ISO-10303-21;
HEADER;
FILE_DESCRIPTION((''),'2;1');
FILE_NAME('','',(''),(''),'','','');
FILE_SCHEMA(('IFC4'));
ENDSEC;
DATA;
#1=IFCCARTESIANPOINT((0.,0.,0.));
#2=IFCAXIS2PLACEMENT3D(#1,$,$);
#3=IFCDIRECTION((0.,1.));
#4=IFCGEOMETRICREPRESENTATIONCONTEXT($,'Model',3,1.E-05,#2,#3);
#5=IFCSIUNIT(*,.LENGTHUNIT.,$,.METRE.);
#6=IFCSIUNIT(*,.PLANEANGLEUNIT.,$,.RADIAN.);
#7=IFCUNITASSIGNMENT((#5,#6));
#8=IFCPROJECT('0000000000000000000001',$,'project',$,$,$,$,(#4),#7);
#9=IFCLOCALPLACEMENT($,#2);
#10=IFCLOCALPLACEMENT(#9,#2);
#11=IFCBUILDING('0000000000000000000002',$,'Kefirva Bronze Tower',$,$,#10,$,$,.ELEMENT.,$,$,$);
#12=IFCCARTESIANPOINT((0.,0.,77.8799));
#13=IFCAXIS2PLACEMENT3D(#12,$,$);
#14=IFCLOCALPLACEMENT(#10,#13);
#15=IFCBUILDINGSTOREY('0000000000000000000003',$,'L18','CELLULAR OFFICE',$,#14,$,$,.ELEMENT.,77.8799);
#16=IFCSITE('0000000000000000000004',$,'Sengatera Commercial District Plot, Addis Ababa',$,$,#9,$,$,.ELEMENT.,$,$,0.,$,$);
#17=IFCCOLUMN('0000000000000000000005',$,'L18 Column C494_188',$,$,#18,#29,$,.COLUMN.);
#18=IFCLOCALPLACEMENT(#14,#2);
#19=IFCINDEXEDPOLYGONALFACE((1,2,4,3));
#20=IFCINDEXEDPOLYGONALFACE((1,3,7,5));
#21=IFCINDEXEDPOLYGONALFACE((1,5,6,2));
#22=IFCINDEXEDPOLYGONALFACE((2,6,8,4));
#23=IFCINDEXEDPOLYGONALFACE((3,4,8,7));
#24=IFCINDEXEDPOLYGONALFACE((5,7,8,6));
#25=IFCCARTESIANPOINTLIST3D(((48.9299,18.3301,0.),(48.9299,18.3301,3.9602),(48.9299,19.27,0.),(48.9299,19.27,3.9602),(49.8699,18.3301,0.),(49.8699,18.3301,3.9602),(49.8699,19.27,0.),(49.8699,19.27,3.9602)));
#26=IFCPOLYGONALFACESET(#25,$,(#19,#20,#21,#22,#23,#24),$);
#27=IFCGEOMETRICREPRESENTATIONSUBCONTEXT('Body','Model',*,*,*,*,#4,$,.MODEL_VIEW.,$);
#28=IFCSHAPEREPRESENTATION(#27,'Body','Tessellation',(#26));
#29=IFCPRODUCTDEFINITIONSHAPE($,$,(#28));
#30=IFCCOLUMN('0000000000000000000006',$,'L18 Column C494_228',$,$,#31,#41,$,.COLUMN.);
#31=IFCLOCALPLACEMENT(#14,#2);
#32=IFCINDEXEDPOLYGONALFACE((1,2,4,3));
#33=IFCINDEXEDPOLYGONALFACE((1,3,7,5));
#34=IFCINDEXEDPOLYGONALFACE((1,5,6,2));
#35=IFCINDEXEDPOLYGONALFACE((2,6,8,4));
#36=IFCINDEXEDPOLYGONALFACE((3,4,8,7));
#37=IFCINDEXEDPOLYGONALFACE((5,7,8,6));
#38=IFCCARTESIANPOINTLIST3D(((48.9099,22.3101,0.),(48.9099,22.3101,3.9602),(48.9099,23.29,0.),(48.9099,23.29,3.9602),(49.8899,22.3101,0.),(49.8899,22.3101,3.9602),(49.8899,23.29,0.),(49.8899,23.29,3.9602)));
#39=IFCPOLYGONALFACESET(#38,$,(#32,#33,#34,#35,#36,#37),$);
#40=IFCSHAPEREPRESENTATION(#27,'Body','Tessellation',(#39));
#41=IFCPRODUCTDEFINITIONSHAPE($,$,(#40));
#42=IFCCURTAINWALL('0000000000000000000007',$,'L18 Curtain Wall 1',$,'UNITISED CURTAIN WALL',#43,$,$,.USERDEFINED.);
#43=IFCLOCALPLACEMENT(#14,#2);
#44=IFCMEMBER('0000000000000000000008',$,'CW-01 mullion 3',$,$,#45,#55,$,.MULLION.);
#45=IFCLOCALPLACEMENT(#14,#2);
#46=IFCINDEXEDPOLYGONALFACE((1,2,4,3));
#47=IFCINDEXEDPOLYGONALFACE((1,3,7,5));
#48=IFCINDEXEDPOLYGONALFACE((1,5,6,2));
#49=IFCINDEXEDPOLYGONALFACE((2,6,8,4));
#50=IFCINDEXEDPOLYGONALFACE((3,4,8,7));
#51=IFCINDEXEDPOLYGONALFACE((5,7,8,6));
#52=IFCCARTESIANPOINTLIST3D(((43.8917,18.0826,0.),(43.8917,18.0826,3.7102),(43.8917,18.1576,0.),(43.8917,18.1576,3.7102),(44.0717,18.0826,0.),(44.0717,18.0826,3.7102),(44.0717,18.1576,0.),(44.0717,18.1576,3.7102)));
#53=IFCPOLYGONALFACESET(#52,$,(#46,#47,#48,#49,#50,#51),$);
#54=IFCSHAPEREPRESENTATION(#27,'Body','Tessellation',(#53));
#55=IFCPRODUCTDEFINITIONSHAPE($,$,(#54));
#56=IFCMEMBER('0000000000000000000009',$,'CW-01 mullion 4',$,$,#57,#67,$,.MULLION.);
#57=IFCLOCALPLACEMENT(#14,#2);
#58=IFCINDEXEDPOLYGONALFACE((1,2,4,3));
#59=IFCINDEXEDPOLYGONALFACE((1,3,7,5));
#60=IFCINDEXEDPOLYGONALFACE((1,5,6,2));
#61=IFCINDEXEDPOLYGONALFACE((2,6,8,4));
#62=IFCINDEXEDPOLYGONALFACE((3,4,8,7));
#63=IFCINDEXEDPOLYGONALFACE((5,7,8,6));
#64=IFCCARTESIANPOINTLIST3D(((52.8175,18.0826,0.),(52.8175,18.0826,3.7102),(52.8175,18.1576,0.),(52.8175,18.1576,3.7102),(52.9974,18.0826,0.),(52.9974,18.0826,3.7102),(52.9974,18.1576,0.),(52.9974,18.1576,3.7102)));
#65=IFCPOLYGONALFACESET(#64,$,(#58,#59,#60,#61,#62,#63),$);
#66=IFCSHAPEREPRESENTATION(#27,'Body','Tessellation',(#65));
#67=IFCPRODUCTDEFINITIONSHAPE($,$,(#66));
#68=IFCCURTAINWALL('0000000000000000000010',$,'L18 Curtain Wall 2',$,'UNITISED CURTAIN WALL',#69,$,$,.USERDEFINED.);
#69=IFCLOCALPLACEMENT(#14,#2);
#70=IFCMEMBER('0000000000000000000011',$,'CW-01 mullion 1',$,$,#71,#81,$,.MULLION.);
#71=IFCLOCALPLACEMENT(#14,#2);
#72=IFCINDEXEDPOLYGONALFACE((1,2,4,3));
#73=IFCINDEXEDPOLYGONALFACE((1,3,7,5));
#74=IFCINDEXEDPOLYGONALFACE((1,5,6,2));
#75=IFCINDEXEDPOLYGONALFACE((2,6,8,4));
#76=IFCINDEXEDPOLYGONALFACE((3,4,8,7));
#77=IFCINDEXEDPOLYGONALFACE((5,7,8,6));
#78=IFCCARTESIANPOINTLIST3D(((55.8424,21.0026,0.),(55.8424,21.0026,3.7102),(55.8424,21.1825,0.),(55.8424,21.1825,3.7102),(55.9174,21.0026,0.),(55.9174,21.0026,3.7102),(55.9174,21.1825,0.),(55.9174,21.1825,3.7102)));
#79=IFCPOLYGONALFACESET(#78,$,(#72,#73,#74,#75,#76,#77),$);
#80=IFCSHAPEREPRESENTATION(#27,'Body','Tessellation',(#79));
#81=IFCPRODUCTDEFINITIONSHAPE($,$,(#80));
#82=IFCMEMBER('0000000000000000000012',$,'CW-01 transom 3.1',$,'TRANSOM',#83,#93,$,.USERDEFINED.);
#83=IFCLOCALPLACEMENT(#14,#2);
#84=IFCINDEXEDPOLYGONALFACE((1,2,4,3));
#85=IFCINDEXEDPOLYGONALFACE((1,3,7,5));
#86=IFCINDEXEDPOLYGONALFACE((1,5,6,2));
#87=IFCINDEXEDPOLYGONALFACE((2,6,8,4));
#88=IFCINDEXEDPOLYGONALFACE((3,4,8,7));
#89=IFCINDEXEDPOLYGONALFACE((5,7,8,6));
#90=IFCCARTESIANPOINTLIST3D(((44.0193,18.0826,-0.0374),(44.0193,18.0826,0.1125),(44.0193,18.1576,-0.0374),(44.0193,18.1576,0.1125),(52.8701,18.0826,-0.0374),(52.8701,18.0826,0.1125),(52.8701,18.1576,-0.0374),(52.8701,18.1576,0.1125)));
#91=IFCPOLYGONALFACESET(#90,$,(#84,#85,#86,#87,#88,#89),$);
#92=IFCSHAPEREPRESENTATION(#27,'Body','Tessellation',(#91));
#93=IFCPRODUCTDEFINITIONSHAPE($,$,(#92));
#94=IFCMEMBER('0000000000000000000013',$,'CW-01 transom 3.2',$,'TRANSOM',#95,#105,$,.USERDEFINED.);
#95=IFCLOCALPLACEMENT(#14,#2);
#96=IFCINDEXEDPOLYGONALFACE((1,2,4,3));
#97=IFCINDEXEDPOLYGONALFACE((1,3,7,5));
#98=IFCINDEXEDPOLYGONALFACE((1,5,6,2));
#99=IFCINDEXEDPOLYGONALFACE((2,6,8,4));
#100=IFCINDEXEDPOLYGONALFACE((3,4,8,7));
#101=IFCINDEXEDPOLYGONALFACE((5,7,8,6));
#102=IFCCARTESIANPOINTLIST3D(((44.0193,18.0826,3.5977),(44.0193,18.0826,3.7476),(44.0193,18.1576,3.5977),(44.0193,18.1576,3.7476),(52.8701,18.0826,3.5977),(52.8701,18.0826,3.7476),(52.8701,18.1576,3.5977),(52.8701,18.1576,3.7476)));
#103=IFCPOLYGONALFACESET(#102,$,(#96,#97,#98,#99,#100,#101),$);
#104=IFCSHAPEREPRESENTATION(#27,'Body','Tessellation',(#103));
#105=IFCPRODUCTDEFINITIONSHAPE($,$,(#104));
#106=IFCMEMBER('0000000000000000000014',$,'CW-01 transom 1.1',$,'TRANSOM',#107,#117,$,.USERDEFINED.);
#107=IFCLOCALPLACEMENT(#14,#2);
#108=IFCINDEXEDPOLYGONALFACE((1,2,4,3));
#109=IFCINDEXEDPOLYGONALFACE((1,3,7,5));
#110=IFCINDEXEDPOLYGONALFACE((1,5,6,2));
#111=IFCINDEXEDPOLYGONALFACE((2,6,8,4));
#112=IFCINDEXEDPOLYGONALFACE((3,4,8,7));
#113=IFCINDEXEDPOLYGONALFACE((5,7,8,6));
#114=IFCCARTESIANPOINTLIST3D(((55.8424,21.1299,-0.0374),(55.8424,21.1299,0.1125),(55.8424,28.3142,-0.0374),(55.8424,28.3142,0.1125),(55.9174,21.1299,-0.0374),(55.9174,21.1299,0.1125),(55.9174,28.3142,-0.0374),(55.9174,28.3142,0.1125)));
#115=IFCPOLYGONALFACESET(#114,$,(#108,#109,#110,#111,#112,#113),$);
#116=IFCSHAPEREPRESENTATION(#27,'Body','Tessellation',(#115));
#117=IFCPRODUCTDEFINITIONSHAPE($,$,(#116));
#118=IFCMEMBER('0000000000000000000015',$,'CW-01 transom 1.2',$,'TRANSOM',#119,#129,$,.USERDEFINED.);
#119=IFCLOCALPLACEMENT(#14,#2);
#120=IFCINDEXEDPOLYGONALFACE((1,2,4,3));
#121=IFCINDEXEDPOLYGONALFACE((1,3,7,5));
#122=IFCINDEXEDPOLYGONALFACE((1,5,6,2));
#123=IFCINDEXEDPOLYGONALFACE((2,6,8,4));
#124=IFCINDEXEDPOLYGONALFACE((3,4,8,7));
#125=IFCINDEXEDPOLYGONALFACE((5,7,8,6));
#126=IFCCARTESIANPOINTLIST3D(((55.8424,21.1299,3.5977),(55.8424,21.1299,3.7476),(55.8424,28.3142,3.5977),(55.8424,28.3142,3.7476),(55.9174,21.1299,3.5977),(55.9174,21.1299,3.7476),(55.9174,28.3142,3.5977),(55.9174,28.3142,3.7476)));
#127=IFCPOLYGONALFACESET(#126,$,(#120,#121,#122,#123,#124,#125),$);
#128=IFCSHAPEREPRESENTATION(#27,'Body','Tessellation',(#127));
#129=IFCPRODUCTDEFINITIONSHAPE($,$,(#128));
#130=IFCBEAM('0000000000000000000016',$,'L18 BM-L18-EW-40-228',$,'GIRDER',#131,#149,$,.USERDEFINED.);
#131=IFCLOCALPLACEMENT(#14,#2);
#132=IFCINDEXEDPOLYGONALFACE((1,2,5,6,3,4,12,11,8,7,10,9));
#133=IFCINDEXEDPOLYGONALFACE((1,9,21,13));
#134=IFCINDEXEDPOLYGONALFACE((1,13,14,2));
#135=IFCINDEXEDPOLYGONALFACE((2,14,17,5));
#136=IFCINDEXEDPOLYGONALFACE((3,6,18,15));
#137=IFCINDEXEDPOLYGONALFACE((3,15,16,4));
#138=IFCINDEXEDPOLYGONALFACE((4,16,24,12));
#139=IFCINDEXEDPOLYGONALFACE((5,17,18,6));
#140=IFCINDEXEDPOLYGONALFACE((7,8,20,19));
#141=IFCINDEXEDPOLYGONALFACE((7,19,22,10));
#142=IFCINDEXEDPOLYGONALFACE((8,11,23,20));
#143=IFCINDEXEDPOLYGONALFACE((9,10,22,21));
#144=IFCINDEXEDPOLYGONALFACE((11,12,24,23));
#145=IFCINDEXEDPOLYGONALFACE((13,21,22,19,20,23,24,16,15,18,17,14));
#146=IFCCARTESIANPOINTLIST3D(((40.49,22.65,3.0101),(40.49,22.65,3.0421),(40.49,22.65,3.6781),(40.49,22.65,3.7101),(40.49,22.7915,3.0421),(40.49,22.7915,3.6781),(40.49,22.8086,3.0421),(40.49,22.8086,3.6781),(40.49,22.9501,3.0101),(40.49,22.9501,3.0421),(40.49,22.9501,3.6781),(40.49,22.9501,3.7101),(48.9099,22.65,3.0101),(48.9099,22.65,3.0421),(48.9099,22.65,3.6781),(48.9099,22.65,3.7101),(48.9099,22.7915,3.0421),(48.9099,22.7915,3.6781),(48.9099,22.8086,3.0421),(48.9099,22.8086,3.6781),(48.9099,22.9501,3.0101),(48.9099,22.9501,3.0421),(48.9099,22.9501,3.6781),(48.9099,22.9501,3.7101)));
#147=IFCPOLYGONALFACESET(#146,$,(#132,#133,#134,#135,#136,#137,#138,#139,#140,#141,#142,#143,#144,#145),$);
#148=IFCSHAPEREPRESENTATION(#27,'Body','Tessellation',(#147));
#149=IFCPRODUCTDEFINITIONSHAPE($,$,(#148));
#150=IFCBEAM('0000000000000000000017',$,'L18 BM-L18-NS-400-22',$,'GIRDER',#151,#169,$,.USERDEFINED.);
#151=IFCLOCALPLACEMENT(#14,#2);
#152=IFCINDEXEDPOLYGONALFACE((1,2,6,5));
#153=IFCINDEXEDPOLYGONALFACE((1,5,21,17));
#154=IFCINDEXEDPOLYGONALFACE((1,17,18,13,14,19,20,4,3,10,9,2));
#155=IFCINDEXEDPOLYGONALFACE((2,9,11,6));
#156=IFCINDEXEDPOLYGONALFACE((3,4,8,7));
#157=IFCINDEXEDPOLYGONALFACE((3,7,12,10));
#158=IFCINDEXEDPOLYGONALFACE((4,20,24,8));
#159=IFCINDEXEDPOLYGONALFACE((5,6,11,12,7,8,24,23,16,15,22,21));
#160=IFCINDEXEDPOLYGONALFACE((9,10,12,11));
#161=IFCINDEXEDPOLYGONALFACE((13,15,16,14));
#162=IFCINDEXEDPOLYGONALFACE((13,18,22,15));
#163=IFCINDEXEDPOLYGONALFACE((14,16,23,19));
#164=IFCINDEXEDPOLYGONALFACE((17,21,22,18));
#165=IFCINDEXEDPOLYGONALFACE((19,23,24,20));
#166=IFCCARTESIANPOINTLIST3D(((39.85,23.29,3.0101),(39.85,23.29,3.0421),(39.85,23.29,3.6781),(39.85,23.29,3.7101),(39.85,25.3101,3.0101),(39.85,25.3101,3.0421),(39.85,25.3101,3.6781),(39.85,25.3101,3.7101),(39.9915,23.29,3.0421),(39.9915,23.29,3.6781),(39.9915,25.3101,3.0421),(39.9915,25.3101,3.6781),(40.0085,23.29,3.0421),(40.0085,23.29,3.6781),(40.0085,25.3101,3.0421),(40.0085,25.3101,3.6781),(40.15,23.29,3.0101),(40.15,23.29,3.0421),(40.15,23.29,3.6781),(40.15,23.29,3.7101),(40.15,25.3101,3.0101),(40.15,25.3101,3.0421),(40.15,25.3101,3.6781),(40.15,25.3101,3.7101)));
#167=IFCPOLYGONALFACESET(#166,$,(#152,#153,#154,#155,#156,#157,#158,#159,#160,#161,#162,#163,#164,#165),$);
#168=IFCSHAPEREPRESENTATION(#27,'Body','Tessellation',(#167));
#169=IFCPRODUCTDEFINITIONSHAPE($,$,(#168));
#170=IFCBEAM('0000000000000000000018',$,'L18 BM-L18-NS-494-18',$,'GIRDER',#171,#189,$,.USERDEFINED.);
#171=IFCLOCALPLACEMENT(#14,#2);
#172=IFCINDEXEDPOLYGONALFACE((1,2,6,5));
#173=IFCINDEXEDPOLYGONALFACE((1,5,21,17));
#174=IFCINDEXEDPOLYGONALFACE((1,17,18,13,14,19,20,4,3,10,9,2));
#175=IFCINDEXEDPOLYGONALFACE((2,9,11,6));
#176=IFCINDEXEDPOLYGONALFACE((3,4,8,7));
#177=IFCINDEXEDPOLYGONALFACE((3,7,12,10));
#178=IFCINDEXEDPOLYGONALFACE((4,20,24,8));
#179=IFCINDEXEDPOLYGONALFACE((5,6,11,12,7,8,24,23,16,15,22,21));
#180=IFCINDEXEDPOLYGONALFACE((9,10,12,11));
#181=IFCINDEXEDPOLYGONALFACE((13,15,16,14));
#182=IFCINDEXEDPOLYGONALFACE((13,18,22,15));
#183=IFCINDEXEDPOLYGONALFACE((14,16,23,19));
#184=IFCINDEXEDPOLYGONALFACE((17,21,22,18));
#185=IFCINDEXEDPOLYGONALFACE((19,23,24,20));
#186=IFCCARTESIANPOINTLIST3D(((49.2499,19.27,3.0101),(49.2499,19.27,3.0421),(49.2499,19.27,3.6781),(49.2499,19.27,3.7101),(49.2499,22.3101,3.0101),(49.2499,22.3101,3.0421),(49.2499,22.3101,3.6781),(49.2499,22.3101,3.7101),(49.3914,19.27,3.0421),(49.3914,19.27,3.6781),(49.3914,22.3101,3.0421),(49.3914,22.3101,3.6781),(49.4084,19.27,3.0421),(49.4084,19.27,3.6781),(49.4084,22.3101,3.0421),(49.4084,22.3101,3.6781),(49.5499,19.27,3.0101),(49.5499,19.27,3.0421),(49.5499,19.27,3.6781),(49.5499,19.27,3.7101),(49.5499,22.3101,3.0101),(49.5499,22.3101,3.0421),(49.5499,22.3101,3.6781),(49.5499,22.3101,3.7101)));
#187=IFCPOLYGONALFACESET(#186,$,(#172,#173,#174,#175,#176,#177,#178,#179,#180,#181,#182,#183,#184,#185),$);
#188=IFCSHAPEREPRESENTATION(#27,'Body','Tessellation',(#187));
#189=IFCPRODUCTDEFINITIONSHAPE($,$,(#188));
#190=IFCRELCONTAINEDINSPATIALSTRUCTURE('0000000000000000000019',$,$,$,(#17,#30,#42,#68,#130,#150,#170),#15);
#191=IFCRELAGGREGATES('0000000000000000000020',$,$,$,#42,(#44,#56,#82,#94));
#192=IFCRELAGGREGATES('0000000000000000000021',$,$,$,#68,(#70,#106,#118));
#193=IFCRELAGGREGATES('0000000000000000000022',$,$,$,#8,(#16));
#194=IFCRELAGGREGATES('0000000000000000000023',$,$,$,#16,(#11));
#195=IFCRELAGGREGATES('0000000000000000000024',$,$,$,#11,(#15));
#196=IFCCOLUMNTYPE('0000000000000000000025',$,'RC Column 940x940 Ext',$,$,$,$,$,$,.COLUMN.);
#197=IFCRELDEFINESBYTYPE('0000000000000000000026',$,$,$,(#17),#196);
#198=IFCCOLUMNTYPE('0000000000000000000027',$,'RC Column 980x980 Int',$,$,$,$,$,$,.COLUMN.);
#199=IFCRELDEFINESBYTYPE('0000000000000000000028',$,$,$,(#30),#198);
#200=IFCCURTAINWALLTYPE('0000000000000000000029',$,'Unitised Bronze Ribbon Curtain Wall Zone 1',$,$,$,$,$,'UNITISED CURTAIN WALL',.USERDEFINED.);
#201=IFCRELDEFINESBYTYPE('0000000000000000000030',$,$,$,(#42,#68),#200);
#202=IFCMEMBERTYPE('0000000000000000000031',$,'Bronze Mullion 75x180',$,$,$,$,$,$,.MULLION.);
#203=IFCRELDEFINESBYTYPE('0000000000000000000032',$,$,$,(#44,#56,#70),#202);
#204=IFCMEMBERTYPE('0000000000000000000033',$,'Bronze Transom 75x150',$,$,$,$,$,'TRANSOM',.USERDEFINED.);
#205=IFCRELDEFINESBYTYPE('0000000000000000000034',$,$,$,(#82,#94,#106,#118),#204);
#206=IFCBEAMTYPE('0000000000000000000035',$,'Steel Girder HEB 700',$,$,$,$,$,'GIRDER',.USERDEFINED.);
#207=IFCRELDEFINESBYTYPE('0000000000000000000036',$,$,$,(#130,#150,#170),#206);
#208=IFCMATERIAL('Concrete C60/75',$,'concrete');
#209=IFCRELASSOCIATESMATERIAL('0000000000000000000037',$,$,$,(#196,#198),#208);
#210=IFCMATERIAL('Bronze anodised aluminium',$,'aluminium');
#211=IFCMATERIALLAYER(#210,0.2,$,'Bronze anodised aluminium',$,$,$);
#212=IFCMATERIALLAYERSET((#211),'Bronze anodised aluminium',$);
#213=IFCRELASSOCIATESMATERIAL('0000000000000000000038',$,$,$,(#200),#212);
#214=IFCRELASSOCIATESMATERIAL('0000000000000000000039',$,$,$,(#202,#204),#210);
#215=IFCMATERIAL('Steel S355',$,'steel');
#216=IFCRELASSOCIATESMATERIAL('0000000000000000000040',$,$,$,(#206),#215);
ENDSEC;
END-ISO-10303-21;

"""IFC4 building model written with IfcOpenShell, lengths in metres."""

from ifc_helpers import new_model, si_unit, direction, frame, origin, origin_2d, place, context, subcontext, project, spatial, rectangle, i_section, extrude, material, layer, layer_set, material_profile, profile_set, type_object, element, aggregate, save


model = new_model("IFC4")

# Units and contexts
model_context = context("Model", 3, precision=1e-05, world=origin(), true_north=direction((0.0, 1.0)))
body_context = subcontext(model_context, "Body", "Model", "MODEL_VIEW")
ifc_project = project(units=[si_unit("LENGTHUNIT", "METRE"), si_unit("PLANEANGLEUNIT", "RADIAN")], contexts=[model_context])

# Site, building, storey
site_placement = place(None, origin())
site = spatial("IfcSite", under=ifc_project, at=site_placement, Name="Sengatera Commercial District Plot, Addis Ababa", CompositionType="ELEMENT", RefElevation=0.0)
building_placement = place(site_placement, origin())
building = spatial("IfcBuilding", under=site, at=building_placement, Name="Kefirva Bronze Tower", CompositionType="ELEMENT")
storey_placement = place(building_placement, frame((0.0, 0.0, 77.8799)))
storey = spatial("IfcBuildingStorey", under=building, at=storey_placement, Name="L18", Description="CELLULAR OFFICE", CompositionType="ELEMENT", Elevation=77.8799)

# Columns
ifc_material_1 = material(Name="Concrete C60/75", Category="concrete")
ifc_material_profile_1 = material_profile(ifc_material_1, rectangle(XDim=0.9399, YDim=0.9399, at=origin_2d()), Name="RC 940x940")
ifc_profile_set_1 = profile_set([ifc_material_profile_1], Name="Concrete C60/75")
column_type_1 = type_object("IfcColumnType", Name="RC Column 940x940 Ext", PredefinedType="COLUMN", material=ifc_profile_set_1)
column_1_placement = place(storey_placement, frame((49.3999, 18.8, 0.0), z_axis=(0.0, 0.0, 1.0), x_axis=(1.0, 0.0, 0.0)))
element("IfcColumn", 1, at=column_1_placement, inside=storey, type_object=column_type_1, Name="L18 Column C494_188", PredefinedType="COLUMN", context=body_context, shape_type="SweptSolid", body=[
    extrude(rectangle(XDim=0.9399, YDim=0.9399, at=origin_2d()), origin(), (0.0, 0.0, 1.0), 3.9602),
])
ifc_material_profile_2 = material_profile(ifc_material_1, rectangle(XDim=0.98, YDim=0.98, at=origin_2d()), Name="RC 980x980")
ifc_profile_set_2 = profile_set([ifc_material_profile_2], Name="Concrete C60/75")
column_type_2 = type_object("IfcColumnType", Name="RC Column 980x980 Int", PredefinedType="COLUMN", material=ifc_profile_set_2)
column_2_placement = place(storey_placement, frame((49.3999, 22.8, 0.0), z_axis=(0.0, 0.0, 1.0), x_axis=(1.0, 0.0, 0.0)))
element("IfcColumn", 2, at=column_2_placement, inside=storey, type_object=column_type_2, Name="L18 Column C494_228", PredefinedType="COLUMN", context=body_context, shape_type="SweptSolid", body=[
    extrude(rectangle(XDim=0.98, YDim=0.98, at=origin_2d()), origin(), (0.0, 0.0, 1.0), 3.9602),
])

# Curtain wall, members
ifc_material_2 = material(Name="Bronze anodised aluminium", Category="aluminium")
ifc_layer_1 = layer(ifc_material_2, 0.2, Name="Bronze anodised aluminium")
ifc_layer_set_1 = layer_set([ifc_layer_1], Name="Bronze anodised aluminium")
curtain_wall_type = type_object("IfcCurtainWallType", Name="Unitised Bronze Ribbon Curtain Wall Zone 1", ElementType="UNITISED CURTAIN WALL", PredefinedType="USERDEFINED", material=ifc_layer_set_1)
curtain_wall_1_placement = place(storey_placement, origin())
curtain_wall_1 = element("IfcCurtainWall", 3, at=curtain_wall_1_placement, inside=storey, type_object=curtain_wall_type, Name="L18 Curtain Wall 1", ObjectType="UNITISED CURTAIN WALL", PredefinedType="USERDEFINED")
ifc_material_profile_3 = material_profile(ifc_material_2, rectangle(XDim=0.075, YDim=0.1799, at=origin_2d()), Name="ALU 75x180")
ifc_profile_set_3 = profile_set([ifc_material_profile_3], Name="Bronze anodised aluminium")
member_type_1 = type_object("IfcMemberType", Name="Bronze Mullion 75x180", PredefinedType="MULLION", material=ifc_profile_set_3)
member_1_placement = place(storey_placement, frame((43.9817, 18.1201, 0.0), z_axis=(0.0, 0.0, 1.0), x_axis=(0.0, 1.0, 0.0)))
member_1 = element("IfcMember", 4, at=member_1_placement, type_object=member_type_1, Name="CW-01 mullion 3", PredefinedType="MULLION", context=body_context, shape_type="SweptSolid", body=[
    extrude(rectangle(XDim=0.075, YDim=0.1799, at=origin_2d()), origin(), (0.0, 0.0, 1.0), 3.7102),
])
member_2_placement = place(storey_placement, frame((52.9075, 18.1201, 0.0), z_axis=(0.0, 0.0, 1.0), x_axis=(0.0, 1.0, 0.0)))
member_2 = element("IfcMember", 5, at=member_2_placement, type_object=member_type_1, Name="CW-01 mullion 4", PredefinedType="MULLION", context=body_context, shape_type="SweptSolid", body=[
    extrude(rectangle(XDim=0.075, YDim=0.1799, at=origin_2d()), origin(), (0.0, 0.0, 1.0), 3.7102),
])

# Curtain wall, member
curtain_wall_2_placement = place(storey_placement, origin())
curtain_wall_2 = element("IfcCurtainWall", 6, at=curtain_wall_2_placement, inside=storey, type_object=curtain_wall_type, Name="L18 Curtain Wall 2", ObjectType="UNITISED CURTAIN WALL", PredefinedType="USERDEFINED")
member_3_placement = place(storey_placement, frame((55.8799, 21.0925, 0.0), z_axis=(0.0, 0.0, 1.0), x_axis=(-1.0, 0.0, 0.0)))
member_3 = element("IfcMember", 7, at=member_3_placement, type_object=member_type_1, Name="CW-01 mullion 1", PredefinedType="MULLION", context=body_context, shape_type="SweptSolid", body=[
    extrude(rectangle(XDim=0.075, YDim=0.1799, at=origin_2d()), origin(), (0.0, 0.0, 1.0), 3.7102),
])

# Members
ifc_material_profile_4 = material_profile(ifc_material_2, rectangle(XDim=0.075, YDim=0.1499, at=origin_2d()), Name="ALU 75x150")
ifc_profile_set_4 = profile_set([ifc_material_profile_4], Name="Bronze anodised aluminium")
member_type_2 = type_object("IfcMemberType", Name="Bronze Transom 75x150", ElementType="TRANSOM", PredefinedType="USERDEFINED", material=ifc_profile_set_4)
member_4_placement = place(storey_placement, frame((44.0193, 18.1201, 0.0376), z_axis=(1.0, 0.0, 0.0), x_axis=(0.0, 1.0, 0.0)))
member_4 = element("IfcMember", 8, at=member_4_placement, type_object=member_type_2, Name="CW-01 transom 3.1", ObjectType="TRANSOM", PredefinedType="USERDEFINED", context=body_context, shape_type="SweptSolid", body=[
    extrude(rectangle(XDim=0.075, YDim=0.1499, at=origin_2d()), origin(), (0.0, 0.0, 1.0), 8.8508),
])
member_5_placement = place(storey_placement, frame((44.0193, 18.1201, 3.6726), z_axis=(1.0, 0.0, 0.0), x_axis=(0.0, 1.0, 0.0)))
member_5 = element("IfcMember", 9, at=member_5_placement, type_object=member_type_2, Name="CW-01 transom 3.2", ObjectType="TRANSOM", PredefinedType="USERDEFINED", context=body_context, shape_type="SweptSolid", body=[
    extrude(rectangle(XDim=0.075, YDim=0.1499, at=origin_2d()), origin(), (0.0, 0.0, 1.0), 8.8508),
])
member_6_placement = place(storey_placement, frame((55.8799, 21.1299, 0.0376), z_axis=(0.0, 1.0, 0.0), x_axis=(-1.0, 0.0, 0.0)))
member_6 = element("IfcMember", 10, at=member_6_placement, type_object=member_type_2, Name="CW-01 transom 1.1", ObjectType="TRANSOM", PredefinedType="USERDEFINED", context=body_context, shape_type="SweptSolid", body=[
    extrude(rectangle(XDim=0.075, YDim=0.1499, at=origin_2d()), origin(), (0.0, 0.0, 1.0), 7.1843),
])
member_7_placement = place(storey_placement, frame((55.8799, 21.1299, 3.6726), z_axis=(0.0, 1.0, 0.0), x_axis=(-1.0, 0.0, 0.0)))
member_7 = element("IfcMember", 11, at=member_7_placement, type_object=member_type_2, Name="CW-01 transom 1.2", ObjectType="TRANSOM", PredefinedType="USERDEFINED", context=body_context, shape_type="SweptSolid", body=[
    extrude(rectangle(XDim=0.075, YDim=0.1499, at=origin_2d()), origin(), (0.0, 0.0, 1.0), 7.1843),
])

# Beams
ifc_material_3 = material(Name="Steel S355", Category="steel")
ifc_material_profile_5 = material_profile(ifc_material_3, i_section(OverallWidth=0.3, OverallDepth=0.7, WebThickness=0.0171, FlangeThickness=0.032, at=origin_2d()), Name="HEB 700")
ifc_profile_set_5 = profile_set([ifc_material_profile_5], Name="Steel S355")
beam_type_1 = type_object("IfcBeamType", Name="Steel Girder HEB 700", ElementType="GIRDER", PredefinedType="USERDEFINED", material=ifc_profile_set_5)
beam_1_placement = place(storey_placement, frame((40.49, 22.8, 3.3601), z_axis=(1.0, 0.0, 0.0), x_axis=(0.0, 1.0, 0.0)))
element("IfcBeam", 12, at=beam_1_placement, inside=storey, type_object=beam_type_1, Name="L18 BM-L18-EW-40-228", ObjectType="GIRDER", PredefinedType="USERDEFINED", context=body_context, shape_type="SweptSolid", body=[
    extrude(i_section(OverallWidth=0.3, OverallDepth=0.7, WebThickness=0.0171, FlangeThickness=0.032, at=origin_2d()), origin(), (0.0, 0.0, 1.0), 8.4199),
])
beam_2_placement = place(storey_placement, frame((40.0, 23.29, 3.3601), z_axis=(0.0, 1.0, 0.0), x_axis=(-1.0, 0.0, 0.0)))
element("IfcBeam", 13, at=beam_2_placement, inside=storey, type_object=beam_type_1, Name="L18 BM-L18-NS-400-22", ObjectType="GIRDER", PredefinedType="USERDEFINED", context=body_context, shape_type="SweptSolid", body=[
    extrude(i_section(OverallWidth=0.3, OverallDepth=0.7, WebThickness=0.0171, FlangeThickness=0.032, at=origin_2d()), origin(), (0.0, 0.0, 1.0), 2.02),
])
beam_3_placement = place(storey_placement, frame((49.3999, 19.27, 3.3601), z_axis=(0.0, 1.0, 0.0), x_axis=(-1.0, 0.0, 0.0)))
element("IfcBeam", 14, at=beam_3_placement, inside=storey, type_object=beam_type_1, Name="L18 BM-L18-NS-494-18", ObjectType="GIRDER", PredefinedType="USERDEFINED", context=body_context, shape_type="SweptSolid", body=[
    extrude(i_section(OverallWidth=0.3, OverallDepth=0.7, WebThickness=0.0171, FlangeThickness=0.032, at=origin_2d()), origin(), (0.0, 0.0, 1.0), 3.04),
])

aggregate(curtain_wall_1, [member_1, member_2, member_4, member_5])
aggregate(curtain_wall_2, [member_3, member_6, member_7])

save(model, "model.ifc")
